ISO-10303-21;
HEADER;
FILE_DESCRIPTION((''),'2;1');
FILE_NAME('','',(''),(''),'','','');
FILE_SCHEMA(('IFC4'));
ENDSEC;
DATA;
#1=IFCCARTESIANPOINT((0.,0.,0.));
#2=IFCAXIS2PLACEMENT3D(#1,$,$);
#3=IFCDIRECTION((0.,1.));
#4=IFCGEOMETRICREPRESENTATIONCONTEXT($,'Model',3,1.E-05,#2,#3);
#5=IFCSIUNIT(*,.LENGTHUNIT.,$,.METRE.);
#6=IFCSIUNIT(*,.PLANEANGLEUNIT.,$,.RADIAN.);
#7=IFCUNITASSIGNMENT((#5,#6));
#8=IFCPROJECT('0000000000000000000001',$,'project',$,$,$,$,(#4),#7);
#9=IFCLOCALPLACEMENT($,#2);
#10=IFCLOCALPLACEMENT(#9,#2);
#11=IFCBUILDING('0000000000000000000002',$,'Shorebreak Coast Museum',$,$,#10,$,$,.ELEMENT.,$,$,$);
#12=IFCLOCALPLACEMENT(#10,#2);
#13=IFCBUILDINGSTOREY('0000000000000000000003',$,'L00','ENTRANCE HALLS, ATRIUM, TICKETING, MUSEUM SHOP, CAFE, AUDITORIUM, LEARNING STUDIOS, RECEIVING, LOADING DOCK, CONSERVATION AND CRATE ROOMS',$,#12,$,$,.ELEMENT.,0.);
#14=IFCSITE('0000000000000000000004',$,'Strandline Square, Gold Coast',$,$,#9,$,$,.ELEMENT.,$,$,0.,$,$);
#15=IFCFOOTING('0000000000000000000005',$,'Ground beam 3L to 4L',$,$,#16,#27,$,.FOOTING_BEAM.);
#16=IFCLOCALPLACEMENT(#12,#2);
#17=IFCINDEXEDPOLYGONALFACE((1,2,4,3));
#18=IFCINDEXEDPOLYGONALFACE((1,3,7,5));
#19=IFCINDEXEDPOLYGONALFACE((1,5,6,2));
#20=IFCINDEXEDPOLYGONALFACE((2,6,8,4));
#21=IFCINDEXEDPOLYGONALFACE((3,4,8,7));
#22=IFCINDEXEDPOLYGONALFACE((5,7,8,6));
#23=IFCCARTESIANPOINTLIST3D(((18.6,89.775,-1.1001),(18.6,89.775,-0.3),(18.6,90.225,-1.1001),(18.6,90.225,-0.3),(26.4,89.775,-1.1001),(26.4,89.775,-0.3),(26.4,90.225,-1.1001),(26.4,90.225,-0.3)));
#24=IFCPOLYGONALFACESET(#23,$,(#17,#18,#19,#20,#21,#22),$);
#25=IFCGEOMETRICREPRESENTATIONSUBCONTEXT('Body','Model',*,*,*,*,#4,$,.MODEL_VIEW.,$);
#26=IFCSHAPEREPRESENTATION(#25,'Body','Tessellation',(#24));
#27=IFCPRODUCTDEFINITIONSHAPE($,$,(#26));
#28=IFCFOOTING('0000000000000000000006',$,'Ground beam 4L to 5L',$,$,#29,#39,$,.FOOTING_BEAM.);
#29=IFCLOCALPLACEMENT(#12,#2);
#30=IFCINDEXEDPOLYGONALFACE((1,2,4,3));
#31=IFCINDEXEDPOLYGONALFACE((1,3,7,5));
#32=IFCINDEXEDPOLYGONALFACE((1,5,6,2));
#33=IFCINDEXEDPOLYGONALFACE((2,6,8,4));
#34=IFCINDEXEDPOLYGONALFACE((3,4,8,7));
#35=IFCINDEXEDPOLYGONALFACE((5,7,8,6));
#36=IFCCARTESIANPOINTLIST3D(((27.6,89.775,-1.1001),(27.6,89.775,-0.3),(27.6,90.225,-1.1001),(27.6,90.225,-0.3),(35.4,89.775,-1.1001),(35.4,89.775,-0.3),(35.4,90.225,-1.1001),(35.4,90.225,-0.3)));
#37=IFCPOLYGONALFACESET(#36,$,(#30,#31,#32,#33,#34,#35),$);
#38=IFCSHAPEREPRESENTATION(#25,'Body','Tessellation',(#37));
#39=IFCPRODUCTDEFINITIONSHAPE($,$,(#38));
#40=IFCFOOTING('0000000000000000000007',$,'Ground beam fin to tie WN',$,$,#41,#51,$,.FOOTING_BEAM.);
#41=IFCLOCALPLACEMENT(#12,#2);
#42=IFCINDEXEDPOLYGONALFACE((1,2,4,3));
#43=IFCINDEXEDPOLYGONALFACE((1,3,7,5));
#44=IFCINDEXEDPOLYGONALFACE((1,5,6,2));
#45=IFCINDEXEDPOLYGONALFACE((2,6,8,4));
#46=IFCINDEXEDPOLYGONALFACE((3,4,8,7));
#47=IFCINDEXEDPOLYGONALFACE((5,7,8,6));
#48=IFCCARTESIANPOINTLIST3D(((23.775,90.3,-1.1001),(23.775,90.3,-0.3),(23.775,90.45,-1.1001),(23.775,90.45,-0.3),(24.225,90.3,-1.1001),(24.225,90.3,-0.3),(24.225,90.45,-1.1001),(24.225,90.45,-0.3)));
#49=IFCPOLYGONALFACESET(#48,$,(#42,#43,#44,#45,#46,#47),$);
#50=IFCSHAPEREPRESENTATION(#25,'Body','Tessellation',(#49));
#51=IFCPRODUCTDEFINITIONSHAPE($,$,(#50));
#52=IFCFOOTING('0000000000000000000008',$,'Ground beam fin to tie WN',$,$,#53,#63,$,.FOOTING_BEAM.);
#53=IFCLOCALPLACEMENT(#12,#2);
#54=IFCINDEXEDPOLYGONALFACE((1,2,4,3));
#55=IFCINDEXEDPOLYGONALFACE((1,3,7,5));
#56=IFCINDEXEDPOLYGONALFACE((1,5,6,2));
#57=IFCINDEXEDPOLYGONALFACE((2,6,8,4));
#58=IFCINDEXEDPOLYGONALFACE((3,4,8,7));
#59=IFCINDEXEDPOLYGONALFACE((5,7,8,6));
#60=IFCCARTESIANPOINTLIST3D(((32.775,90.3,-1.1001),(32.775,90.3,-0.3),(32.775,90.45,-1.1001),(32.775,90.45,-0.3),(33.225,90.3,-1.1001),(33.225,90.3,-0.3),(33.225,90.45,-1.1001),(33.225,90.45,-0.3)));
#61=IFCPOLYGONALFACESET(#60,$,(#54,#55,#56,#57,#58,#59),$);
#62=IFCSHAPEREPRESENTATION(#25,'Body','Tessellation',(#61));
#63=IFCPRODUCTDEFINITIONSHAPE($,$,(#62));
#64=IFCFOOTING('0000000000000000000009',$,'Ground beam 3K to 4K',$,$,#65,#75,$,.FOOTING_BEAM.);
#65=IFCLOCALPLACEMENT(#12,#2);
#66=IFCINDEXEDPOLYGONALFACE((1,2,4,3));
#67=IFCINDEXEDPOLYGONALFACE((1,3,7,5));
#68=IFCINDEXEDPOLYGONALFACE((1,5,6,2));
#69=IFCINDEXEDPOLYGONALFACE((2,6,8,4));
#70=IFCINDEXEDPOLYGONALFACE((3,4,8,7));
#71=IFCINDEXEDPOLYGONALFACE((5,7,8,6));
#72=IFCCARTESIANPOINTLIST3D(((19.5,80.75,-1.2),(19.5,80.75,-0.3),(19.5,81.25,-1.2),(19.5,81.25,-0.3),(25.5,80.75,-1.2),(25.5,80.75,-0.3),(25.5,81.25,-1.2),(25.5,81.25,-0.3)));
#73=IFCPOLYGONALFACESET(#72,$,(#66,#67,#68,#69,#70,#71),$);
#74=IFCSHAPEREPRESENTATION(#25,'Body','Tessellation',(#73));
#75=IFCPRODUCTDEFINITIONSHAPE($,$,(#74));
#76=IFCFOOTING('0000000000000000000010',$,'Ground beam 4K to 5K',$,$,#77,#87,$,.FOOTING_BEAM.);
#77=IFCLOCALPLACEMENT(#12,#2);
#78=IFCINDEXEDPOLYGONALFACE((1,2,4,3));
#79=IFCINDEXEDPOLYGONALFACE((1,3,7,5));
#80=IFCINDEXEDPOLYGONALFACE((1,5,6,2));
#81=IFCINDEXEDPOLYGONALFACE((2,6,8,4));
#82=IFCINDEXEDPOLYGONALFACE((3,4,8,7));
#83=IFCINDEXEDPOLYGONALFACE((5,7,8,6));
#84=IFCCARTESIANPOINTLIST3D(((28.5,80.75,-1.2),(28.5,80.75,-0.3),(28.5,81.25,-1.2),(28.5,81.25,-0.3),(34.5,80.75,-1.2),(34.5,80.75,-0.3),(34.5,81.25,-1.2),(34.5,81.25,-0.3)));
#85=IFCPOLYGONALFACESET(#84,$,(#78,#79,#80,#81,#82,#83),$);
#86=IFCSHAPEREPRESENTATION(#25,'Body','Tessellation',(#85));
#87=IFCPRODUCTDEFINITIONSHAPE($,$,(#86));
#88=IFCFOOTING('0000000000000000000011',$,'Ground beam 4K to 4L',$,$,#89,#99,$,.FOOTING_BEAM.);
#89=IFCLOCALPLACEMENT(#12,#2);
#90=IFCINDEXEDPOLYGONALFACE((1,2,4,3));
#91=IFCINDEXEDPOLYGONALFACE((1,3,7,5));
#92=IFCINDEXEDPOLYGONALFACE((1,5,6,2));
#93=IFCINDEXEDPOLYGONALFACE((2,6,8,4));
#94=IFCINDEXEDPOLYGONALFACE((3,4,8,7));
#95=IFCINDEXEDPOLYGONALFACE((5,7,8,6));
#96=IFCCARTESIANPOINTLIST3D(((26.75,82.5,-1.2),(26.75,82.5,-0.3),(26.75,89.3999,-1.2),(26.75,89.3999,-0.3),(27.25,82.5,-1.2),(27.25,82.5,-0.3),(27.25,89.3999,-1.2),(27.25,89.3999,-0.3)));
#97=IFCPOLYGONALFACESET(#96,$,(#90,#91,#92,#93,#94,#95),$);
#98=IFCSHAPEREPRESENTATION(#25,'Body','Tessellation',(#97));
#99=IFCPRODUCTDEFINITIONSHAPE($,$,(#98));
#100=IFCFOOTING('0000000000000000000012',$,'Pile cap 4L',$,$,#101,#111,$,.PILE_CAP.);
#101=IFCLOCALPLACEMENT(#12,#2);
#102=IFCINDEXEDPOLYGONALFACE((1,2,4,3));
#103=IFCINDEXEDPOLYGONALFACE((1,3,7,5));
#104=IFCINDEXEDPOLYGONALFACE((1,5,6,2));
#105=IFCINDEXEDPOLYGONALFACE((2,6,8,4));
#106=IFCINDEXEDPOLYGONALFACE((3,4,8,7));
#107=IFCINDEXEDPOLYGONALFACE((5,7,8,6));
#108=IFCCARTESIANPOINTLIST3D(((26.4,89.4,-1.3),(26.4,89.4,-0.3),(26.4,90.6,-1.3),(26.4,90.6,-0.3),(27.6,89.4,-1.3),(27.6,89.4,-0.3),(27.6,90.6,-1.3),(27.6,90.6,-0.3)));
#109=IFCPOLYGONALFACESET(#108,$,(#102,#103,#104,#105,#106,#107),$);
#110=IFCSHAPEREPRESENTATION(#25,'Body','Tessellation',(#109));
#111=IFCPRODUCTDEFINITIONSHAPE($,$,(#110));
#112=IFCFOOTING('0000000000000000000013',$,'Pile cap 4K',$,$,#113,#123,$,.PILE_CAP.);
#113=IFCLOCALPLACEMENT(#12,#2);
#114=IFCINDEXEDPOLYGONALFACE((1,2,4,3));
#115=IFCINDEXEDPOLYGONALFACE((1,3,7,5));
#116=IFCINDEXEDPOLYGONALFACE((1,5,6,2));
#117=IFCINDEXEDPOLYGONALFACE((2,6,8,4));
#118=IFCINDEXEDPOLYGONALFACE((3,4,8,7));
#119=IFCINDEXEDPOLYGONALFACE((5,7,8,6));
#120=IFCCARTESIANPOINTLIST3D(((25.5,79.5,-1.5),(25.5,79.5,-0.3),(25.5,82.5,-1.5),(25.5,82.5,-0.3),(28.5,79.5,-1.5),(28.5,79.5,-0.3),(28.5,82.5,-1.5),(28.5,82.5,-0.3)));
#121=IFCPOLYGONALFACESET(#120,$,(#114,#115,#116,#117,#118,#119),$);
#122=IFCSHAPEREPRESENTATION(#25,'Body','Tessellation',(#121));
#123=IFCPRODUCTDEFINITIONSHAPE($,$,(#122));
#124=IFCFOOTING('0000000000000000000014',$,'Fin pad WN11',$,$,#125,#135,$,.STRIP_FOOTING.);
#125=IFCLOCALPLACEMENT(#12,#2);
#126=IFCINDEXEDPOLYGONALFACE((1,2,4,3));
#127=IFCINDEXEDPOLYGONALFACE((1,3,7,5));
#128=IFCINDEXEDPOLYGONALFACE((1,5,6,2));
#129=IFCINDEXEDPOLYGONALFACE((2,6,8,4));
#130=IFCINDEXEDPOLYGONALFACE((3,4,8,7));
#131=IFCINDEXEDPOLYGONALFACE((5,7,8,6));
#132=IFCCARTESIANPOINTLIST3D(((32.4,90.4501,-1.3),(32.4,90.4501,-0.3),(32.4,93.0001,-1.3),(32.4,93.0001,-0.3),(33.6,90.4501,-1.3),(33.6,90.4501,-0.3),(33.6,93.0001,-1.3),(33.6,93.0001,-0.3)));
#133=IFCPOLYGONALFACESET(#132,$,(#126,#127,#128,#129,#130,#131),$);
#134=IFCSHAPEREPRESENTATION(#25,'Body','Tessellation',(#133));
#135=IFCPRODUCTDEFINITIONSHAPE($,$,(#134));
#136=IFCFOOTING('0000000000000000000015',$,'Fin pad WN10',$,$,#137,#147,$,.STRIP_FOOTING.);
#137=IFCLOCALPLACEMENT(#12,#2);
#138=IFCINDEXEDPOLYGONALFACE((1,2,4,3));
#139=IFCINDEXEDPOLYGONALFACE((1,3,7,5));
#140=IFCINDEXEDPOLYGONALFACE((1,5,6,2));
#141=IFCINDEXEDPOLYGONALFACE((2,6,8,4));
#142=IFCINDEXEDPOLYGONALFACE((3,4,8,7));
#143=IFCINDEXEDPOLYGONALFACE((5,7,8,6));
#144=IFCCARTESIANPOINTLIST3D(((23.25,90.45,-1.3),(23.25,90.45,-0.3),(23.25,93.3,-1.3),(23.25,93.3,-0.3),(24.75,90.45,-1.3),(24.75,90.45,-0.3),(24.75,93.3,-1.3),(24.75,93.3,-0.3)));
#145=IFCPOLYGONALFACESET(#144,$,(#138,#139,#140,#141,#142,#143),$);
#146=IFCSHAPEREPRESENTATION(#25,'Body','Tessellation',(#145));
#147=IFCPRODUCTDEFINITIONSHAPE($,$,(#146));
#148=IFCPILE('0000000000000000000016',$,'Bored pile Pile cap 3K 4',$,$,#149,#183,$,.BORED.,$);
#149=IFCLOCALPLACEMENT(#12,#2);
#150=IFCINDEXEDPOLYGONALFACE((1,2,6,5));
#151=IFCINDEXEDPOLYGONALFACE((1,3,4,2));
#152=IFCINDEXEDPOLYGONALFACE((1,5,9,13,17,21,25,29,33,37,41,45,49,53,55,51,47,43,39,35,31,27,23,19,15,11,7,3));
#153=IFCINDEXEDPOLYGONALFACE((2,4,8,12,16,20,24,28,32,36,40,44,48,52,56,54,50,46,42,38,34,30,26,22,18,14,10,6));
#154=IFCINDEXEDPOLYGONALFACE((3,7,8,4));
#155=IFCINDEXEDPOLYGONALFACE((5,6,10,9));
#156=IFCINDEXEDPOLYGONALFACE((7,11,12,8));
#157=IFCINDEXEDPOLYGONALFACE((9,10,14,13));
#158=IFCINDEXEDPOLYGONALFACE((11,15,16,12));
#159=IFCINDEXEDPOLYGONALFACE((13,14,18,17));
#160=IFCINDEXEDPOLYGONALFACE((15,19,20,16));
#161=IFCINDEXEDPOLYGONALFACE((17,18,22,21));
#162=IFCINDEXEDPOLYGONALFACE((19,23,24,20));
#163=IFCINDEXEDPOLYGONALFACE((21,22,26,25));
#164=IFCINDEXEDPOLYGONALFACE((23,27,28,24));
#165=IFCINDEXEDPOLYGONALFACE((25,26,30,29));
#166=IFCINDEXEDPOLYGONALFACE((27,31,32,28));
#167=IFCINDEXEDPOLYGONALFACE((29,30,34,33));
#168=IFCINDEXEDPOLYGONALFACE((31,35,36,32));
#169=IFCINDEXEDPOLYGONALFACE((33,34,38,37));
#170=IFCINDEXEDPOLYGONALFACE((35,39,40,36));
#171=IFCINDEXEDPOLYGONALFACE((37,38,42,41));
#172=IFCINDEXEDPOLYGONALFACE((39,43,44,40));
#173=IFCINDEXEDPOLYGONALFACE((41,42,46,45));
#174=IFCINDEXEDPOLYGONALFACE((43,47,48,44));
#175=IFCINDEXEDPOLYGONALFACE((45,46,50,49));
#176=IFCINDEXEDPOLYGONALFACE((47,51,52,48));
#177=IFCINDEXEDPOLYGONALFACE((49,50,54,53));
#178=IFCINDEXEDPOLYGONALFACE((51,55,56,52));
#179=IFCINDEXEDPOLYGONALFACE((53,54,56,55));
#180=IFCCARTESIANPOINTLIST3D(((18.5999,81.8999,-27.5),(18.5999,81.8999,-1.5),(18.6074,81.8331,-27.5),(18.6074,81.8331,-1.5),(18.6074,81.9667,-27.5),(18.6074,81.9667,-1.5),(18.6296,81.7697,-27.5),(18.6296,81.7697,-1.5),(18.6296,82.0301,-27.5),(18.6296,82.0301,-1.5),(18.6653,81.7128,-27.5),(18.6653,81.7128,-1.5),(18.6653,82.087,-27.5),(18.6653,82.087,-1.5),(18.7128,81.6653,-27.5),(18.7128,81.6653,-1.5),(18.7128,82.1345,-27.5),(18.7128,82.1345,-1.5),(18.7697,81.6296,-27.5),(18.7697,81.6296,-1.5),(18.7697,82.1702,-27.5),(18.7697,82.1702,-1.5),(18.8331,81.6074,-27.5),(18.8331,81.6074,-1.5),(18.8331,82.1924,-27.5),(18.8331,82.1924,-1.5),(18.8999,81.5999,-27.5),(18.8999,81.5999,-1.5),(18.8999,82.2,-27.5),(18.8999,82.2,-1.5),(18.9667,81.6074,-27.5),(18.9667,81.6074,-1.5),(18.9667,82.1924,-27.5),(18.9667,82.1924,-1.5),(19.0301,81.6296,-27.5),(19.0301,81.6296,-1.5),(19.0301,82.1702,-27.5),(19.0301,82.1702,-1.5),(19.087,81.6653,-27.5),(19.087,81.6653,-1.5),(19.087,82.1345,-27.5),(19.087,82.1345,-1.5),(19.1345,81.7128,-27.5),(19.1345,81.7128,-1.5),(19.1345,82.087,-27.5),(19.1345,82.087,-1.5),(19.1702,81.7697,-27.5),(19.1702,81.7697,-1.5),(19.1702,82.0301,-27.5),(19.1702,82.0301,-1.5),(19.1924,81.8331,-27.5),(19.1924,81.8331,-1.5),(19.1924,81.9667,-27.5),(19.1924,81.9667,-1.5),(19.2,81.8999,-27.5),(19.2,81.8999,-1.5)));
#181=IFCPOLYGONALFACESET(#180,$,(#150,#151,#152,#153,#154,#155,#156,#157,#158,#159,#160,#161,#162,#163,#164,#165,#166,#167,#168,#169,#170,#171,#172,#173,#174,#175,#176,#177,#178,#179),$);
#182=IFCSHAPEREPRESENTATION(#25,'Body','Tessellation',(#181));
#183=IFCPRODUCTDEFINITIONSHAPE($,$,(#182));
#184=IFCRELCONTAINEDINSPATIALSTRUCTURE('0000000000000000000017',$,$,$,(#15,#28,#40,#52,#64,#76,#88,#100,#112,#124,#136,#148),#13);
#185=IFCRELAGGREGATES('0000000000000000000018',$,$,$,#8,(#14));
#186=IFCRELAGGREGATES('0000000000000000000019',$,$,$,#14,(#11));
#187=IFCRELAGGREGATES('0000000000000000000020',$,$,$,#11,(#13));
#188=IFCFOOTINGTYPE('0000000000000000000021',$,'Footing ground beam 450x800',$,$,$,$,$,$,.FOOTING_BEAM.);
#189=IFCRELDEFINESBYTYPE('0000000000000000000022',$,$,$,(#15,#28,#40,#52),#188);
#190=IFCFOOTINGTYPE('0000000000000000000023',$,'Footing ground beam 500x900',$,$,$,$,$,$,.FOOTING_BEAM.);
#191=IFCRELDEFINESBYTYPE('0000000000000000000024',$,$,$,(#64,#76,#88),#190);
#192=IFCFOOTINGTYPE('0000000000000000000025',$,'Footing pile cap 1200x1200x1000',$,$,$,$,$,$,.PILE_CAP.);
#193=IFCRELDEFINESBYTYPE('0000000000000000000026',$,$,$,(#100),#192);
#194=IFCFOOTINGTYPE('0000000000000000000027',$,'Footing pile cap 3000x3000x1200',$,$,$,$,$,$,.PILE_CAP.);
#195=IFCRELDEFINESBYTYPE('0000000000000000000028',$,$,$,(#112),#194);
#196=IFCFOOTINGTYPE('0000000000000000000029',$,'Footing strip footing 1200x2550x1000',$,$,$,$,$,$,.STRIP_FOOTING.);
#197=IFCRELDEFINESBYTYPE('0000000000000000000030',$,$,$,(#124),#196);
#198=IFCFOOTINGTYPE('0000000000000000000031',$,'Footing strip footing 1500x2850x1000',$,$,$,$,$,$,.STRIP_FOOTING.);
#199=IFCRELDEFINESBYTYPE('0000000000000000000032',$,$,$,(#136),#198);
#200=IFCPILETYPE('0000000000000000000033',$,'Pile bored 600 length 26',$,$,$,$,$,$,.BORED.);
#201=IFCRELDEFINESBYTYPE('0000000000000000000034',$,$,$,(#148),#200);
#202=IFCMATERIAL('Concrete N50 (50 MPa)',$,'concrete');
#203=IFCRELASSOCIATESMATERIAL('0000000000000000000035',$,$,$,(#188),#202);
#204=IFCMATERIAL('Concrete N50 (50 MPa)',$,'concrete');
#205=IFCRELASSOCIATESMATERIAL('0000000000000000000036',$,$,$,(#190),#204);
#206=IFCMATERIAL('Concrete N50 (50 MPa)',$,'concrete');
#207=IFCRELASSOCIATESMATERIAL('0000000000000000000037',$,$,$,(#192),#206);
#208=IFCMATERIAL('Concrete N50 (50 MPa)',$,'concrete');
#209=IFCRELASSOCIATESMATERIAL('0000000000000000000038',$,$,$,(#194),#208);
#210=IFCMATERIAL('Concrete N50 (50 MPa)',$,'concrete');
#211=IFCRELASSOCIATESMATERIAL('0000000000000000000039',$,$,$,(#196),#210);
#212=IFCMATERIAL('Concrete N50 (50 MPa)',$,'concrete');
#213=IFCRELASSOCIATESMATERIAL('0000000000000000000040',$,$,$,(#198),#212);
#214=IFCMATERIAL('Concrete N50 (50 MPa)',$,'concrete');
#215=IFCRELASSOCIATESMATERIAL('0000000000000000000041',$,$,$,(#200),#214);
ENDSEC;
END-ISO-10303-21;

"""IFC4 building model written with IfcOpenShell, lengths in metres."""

from ifc_helpers import new_model, si_unit, direction, frame, origin, origin_2d, place, context, subcontext, project, spatial, rectangle, circle, extrude, material, material_profile, profile_set, type_object, element, save


model = new_model("IFC4")

# Units and contexts
model_context = context("Model", 3, precision=1e-05, world=origin(), true_north=direction((0.0, 1.0)))
body_context = subcontext(model_context, "Body", "Model", "MODEL_VIEW")
ifc_project = project(units=[si_unit("LENGTHUNIT", "METRE"), si_unit("PLANEANGLEUNIT", "RADIAN")], contexts=[model_context])

# Site, building, storey
site_placement = place(None, origin())
site = spatial("IfcSite", under=ifc_project, at=site_placement, Name="Strandline Square, Gold Coast", CompositionType="ELEMENT", RefElevation=0.0)
building_placement = place(site_placement, origin())
building = spatial("IfcBuilding", under=site, at=building_placement, Name="Shorebreak Coast Museum", CompositionType="ELEMENT")
storey_placement = place(building_placement, origin())
storey = spatial("IfcBuildingStorey", under=building, at=storey_placement, Name="L00", Description="ENTRANCE HALLS, ATRIUM, TICKETING, MUSEUM SHOP, CAFE, AUDITORIUM, LEARNING STUDIOS, RECEIVING, LOADING DOCK, CONSERVATION AND CRATE ROOMS", CompositionType="ELEMENT", Elevation=0.0)

# Footings
ifc_material_1 = material(Name="Concrete N50 (50 MPa)", Category="concrete")
footing_type_1 = type_object("IfcFootingType", Name="Footing ground beam 450x800", PredefinedType="FOOTING_BEAM", material=ifc_material_1)
for number, where, z_axis, x_axis, name in (
    (1, (22.5, 90.0, -1.1001), (0.0, 0.0, 1.0), (1.0, 0.0, 0.0), "Ground beam 3L to 4L"),
    (2, (31.5, 90.0, -1.1001), (0.0, 0.0, 1.0), (1.0, 0.0, 0.0), "Ground beam 4L to 5L"),
):
    element("IfcFooting", number, at=place(storey_placement, frame(where, z_axis=z_axis, x_axis=x_axis)), inside=storey, type_object=footing_type_1, Name=name, PredefinedType="FOOTING_BEAM", context=body_context, shape_type="SweptSolid", body=[
        extrude(rectangle(XDim=7.8, YDim=0.45, at=origin_2d()), origin(), (0.0, 0.0, 1.0), 0.8),
    ])
for number, where, z_axis, x_axis, name in (
    (3, (24.0, 90.375, -1.1001), (0.0, 0.0, 1.0), (1.0, 0.0, 0.0), "Ground beam fin to tie WN"),
    (4, (33.0, 90.375, -1.1001), (0.0, 0.0, 1.0), (1.0, 0.0, 0.0), "Ground beam fin to tie WN"),
):
    element("IfcFooting", number, at=place(storey_placement, frame(where, z_axis=z_axis, x_axis=x_axis)), inside=storey, type_object=footing_type_1, Name=name, PredefinedType="FOOTING_BEAM", context=body_context, shape_type="SweptSolid", body=[
        extrude(rectangle(XDim=0.45, YDim=0.1499, at=origin_2d()), origin(), (0.0, 0.0, 1.0), 0.8),
    ])
ifc_material_2 = material(Name="Concrete N50 (50 MPa)", Category="concrete")
footing_type_2 = type_object("IfcFootingType", Name="Footing ground beam 500x900", PredefinedType="FOOTING_BEAM", material=ifc_material_2)
for number, where, z_axis, x_axis, name in (
    (5, (22.5, 81.0, -1.2), (0.0, 0.0, 1.0), (1.0, 0.0, 0.0), "Ground beam 3K to 4K"),
    (6, (31.5, 81.0, -1.2), (0.0, 0.0, 1.0), (1.0, 0.0, 0.0), "Ground beam 4K to 5K"),
):
    element("IfcFooting", number, at=place(storey_placement, frame(where, z_axis=z_axis, x_axis=x_axis)), inside=storey, type_object=footing_type_2, Name=name, PredefinedType="FOOTING_BEAM", context=body_context, shape_type="SweptSolid", body=[
        extrude(rectangle(XDim=6.0, YDim=0.5, at=origin_2d()), origin(), (0.0, 0.0, 1.0), 0.8999),
    ])
footing_1_placement = place(storey_placement, frame((27.0, 85.95, -1.2), z_axis=(0.0, 0.0, 1.0), x_axis=(1.0, 0.0, 0.0)))
element("IfcFooting", 7, at=footing_1_placement, inside=storey, type_object=footing_type_2, Name="Ground beam 4K to 4L", PredefinedType="FOOTING_BEAM", context=body_context, shape_type="SweptSolid", body=[
    extrude(rectangle(XDim=0.5, YDim=6.8999, at=origin_2d()), origin(), (0.0, 0.0, 1.0), 0.8999),
])
ifc_material_3 = material(Name="Concrete N50 (50 MPa)", Category="concrete")
footing_type_3 = type_object("IfcFootingType", Name="Footing pile cap 1200x1200x1000", PredefinedType="PILE_CAP", material=ifc_material_3)
footing_2_placement = place(storey_placement, frame((27.0, 90.0, -1.3), z_axis=(0.0, 0.0, 1.0), x_axis=(1.0, 0.0, 0.0)))
element("IfcFooting", 8, at=footing_2_placement, inside=storey, type_object=footing_type_3, Name="Pile cap 4L", PredefinedType="PILE_CAP", context=body_context, shape_type="SweptSolid", body=[
    extrude(rectangle(XDim=1.2, YDim=1.2, at=origin_2d()), origin(), (0.0, 0.0, 1.0), 1.0),
])
ifc_material_4 = material(Name="Concrete N50 (50 MPa)", Category="concrete")
footing_type_4 = type_object("IfcFootingType", Name="Footing pile cap 3000x3000x1200", PredefinedType="PILE_CAP", material=ifc_material_4)
footing_3_placement = place(storey_placement, frame((27.0, 81.0, -1.5), z_axis=(0.0, 0.0, 1.0), x_axis=(1.0, 0.0, 0.0)))
element("IfcFooting", 9, at=footing_3_placement, inside=storey, type_object=footing_type_4, Name="Pile cap 4K", PredefinedType="PILE_CAP", context=body_context, shape_type="SweptSolid", body=[
    extrude(rectangle(XDim=3.0, YDim=3.0, at=origin_2d()), origin(), (0.0, 0.0, 1.0), 1.2),
])
ifc_material_5 = material(Name="Concrete N50 (50 MPa)", Category="concrete")
footing_type_5 = type_object("IfcFootingType", Name="Footing strip footing 1200x2550x1000", PredefinedType="STRIP_FOOTING", material=ifc_material_5)
footing_4_placement = place(storey_placement, frame((33.0, 91.7251, -1.3), z_axis=(0.0, 0.0, 1.0), x_axis=(1.0, 0.0, 0.0)))
element("IfcFooting", 10, at=footing_4_placement, inside=storey, type_object=footing_type_5, Name="Fin pad WN11", PredefinedType="STRIP_FOOTING", context=body_context, shape_type="SweptSolid", body=[
    extrude(rectangle(XDim=1.2, YDim=2.55, at=origin_2d()), origin(), (0.0, 0.0, 1.0), 1.0),
])
ifc_material_6 = material(Name="Concrete N50 (50 MPa)", Category="concrete")
footing_type_6 = type_object("IfcFootingType", Name="Footing strip footing 1500x2850x1000", PredefinedType="STRIP_FOOTING", material=ifc_material_6)
footing_5_placement = place(storey_placement, frame((24.0, 91.875, -1.3), z_axis=(0.0, 0.0, 1.0), x_axis=(1.0, 0.0, 0.0)))
element("IfcFooting", 11, at=footing_5_placement, inside=storey, type_object=footing_type_6, Name="Fin pad WN10", PredefinedType="STRIP_FOOTING", context=body_context, shape_type="SweptSolid", body=[
    extrude(rectangle(XDim=1.5, YDim=2.8501, at=origin_2d()), origin(), (0.0, 0.0, 1.0), 1.0),
])

# Pile
ifc_material_7 = material(Name="Concrete N50 (50 MPa)", Category="concrete")
ifc_material_profile_1 = material_profile(ifc_material_7, circle(Radius=0.3, at=origin_2d()), Name="Pile bored 600 length 26")
ifc_profile_set_1 = profile_set([ifc_material_profile_1], Name="Concrete N50 (50 MPa)")
pile_type = type_object("IfcPileType", Name="Pile bored 600 length 26", PredefinedType="BORED", material=ifc_profile_set_1)
for number, where, z_axis, x_axis, name in (
    (12, (18.8999, 81.8999, -1.5), (0.0, 0.0, -1.0), (1.0, 0.0, 0.0), "Bored pile Pile cap 3K 4"),
):
    element("IfcPile", number, at=place(storey_placement, frame(where, z_axis=z_axis, x_axis=x_axis)), inside=storey, type_object=pile_type, Name=name, PredefinedType="BORED", context=body_context, shape_type="SweptSolid", body=[
        extrude(circle(Radius=0.3, at=origin_2d()), origin(), (0.0, 0.0, 1.0), 26.0),
    ])

save(model, "model.ifc")
